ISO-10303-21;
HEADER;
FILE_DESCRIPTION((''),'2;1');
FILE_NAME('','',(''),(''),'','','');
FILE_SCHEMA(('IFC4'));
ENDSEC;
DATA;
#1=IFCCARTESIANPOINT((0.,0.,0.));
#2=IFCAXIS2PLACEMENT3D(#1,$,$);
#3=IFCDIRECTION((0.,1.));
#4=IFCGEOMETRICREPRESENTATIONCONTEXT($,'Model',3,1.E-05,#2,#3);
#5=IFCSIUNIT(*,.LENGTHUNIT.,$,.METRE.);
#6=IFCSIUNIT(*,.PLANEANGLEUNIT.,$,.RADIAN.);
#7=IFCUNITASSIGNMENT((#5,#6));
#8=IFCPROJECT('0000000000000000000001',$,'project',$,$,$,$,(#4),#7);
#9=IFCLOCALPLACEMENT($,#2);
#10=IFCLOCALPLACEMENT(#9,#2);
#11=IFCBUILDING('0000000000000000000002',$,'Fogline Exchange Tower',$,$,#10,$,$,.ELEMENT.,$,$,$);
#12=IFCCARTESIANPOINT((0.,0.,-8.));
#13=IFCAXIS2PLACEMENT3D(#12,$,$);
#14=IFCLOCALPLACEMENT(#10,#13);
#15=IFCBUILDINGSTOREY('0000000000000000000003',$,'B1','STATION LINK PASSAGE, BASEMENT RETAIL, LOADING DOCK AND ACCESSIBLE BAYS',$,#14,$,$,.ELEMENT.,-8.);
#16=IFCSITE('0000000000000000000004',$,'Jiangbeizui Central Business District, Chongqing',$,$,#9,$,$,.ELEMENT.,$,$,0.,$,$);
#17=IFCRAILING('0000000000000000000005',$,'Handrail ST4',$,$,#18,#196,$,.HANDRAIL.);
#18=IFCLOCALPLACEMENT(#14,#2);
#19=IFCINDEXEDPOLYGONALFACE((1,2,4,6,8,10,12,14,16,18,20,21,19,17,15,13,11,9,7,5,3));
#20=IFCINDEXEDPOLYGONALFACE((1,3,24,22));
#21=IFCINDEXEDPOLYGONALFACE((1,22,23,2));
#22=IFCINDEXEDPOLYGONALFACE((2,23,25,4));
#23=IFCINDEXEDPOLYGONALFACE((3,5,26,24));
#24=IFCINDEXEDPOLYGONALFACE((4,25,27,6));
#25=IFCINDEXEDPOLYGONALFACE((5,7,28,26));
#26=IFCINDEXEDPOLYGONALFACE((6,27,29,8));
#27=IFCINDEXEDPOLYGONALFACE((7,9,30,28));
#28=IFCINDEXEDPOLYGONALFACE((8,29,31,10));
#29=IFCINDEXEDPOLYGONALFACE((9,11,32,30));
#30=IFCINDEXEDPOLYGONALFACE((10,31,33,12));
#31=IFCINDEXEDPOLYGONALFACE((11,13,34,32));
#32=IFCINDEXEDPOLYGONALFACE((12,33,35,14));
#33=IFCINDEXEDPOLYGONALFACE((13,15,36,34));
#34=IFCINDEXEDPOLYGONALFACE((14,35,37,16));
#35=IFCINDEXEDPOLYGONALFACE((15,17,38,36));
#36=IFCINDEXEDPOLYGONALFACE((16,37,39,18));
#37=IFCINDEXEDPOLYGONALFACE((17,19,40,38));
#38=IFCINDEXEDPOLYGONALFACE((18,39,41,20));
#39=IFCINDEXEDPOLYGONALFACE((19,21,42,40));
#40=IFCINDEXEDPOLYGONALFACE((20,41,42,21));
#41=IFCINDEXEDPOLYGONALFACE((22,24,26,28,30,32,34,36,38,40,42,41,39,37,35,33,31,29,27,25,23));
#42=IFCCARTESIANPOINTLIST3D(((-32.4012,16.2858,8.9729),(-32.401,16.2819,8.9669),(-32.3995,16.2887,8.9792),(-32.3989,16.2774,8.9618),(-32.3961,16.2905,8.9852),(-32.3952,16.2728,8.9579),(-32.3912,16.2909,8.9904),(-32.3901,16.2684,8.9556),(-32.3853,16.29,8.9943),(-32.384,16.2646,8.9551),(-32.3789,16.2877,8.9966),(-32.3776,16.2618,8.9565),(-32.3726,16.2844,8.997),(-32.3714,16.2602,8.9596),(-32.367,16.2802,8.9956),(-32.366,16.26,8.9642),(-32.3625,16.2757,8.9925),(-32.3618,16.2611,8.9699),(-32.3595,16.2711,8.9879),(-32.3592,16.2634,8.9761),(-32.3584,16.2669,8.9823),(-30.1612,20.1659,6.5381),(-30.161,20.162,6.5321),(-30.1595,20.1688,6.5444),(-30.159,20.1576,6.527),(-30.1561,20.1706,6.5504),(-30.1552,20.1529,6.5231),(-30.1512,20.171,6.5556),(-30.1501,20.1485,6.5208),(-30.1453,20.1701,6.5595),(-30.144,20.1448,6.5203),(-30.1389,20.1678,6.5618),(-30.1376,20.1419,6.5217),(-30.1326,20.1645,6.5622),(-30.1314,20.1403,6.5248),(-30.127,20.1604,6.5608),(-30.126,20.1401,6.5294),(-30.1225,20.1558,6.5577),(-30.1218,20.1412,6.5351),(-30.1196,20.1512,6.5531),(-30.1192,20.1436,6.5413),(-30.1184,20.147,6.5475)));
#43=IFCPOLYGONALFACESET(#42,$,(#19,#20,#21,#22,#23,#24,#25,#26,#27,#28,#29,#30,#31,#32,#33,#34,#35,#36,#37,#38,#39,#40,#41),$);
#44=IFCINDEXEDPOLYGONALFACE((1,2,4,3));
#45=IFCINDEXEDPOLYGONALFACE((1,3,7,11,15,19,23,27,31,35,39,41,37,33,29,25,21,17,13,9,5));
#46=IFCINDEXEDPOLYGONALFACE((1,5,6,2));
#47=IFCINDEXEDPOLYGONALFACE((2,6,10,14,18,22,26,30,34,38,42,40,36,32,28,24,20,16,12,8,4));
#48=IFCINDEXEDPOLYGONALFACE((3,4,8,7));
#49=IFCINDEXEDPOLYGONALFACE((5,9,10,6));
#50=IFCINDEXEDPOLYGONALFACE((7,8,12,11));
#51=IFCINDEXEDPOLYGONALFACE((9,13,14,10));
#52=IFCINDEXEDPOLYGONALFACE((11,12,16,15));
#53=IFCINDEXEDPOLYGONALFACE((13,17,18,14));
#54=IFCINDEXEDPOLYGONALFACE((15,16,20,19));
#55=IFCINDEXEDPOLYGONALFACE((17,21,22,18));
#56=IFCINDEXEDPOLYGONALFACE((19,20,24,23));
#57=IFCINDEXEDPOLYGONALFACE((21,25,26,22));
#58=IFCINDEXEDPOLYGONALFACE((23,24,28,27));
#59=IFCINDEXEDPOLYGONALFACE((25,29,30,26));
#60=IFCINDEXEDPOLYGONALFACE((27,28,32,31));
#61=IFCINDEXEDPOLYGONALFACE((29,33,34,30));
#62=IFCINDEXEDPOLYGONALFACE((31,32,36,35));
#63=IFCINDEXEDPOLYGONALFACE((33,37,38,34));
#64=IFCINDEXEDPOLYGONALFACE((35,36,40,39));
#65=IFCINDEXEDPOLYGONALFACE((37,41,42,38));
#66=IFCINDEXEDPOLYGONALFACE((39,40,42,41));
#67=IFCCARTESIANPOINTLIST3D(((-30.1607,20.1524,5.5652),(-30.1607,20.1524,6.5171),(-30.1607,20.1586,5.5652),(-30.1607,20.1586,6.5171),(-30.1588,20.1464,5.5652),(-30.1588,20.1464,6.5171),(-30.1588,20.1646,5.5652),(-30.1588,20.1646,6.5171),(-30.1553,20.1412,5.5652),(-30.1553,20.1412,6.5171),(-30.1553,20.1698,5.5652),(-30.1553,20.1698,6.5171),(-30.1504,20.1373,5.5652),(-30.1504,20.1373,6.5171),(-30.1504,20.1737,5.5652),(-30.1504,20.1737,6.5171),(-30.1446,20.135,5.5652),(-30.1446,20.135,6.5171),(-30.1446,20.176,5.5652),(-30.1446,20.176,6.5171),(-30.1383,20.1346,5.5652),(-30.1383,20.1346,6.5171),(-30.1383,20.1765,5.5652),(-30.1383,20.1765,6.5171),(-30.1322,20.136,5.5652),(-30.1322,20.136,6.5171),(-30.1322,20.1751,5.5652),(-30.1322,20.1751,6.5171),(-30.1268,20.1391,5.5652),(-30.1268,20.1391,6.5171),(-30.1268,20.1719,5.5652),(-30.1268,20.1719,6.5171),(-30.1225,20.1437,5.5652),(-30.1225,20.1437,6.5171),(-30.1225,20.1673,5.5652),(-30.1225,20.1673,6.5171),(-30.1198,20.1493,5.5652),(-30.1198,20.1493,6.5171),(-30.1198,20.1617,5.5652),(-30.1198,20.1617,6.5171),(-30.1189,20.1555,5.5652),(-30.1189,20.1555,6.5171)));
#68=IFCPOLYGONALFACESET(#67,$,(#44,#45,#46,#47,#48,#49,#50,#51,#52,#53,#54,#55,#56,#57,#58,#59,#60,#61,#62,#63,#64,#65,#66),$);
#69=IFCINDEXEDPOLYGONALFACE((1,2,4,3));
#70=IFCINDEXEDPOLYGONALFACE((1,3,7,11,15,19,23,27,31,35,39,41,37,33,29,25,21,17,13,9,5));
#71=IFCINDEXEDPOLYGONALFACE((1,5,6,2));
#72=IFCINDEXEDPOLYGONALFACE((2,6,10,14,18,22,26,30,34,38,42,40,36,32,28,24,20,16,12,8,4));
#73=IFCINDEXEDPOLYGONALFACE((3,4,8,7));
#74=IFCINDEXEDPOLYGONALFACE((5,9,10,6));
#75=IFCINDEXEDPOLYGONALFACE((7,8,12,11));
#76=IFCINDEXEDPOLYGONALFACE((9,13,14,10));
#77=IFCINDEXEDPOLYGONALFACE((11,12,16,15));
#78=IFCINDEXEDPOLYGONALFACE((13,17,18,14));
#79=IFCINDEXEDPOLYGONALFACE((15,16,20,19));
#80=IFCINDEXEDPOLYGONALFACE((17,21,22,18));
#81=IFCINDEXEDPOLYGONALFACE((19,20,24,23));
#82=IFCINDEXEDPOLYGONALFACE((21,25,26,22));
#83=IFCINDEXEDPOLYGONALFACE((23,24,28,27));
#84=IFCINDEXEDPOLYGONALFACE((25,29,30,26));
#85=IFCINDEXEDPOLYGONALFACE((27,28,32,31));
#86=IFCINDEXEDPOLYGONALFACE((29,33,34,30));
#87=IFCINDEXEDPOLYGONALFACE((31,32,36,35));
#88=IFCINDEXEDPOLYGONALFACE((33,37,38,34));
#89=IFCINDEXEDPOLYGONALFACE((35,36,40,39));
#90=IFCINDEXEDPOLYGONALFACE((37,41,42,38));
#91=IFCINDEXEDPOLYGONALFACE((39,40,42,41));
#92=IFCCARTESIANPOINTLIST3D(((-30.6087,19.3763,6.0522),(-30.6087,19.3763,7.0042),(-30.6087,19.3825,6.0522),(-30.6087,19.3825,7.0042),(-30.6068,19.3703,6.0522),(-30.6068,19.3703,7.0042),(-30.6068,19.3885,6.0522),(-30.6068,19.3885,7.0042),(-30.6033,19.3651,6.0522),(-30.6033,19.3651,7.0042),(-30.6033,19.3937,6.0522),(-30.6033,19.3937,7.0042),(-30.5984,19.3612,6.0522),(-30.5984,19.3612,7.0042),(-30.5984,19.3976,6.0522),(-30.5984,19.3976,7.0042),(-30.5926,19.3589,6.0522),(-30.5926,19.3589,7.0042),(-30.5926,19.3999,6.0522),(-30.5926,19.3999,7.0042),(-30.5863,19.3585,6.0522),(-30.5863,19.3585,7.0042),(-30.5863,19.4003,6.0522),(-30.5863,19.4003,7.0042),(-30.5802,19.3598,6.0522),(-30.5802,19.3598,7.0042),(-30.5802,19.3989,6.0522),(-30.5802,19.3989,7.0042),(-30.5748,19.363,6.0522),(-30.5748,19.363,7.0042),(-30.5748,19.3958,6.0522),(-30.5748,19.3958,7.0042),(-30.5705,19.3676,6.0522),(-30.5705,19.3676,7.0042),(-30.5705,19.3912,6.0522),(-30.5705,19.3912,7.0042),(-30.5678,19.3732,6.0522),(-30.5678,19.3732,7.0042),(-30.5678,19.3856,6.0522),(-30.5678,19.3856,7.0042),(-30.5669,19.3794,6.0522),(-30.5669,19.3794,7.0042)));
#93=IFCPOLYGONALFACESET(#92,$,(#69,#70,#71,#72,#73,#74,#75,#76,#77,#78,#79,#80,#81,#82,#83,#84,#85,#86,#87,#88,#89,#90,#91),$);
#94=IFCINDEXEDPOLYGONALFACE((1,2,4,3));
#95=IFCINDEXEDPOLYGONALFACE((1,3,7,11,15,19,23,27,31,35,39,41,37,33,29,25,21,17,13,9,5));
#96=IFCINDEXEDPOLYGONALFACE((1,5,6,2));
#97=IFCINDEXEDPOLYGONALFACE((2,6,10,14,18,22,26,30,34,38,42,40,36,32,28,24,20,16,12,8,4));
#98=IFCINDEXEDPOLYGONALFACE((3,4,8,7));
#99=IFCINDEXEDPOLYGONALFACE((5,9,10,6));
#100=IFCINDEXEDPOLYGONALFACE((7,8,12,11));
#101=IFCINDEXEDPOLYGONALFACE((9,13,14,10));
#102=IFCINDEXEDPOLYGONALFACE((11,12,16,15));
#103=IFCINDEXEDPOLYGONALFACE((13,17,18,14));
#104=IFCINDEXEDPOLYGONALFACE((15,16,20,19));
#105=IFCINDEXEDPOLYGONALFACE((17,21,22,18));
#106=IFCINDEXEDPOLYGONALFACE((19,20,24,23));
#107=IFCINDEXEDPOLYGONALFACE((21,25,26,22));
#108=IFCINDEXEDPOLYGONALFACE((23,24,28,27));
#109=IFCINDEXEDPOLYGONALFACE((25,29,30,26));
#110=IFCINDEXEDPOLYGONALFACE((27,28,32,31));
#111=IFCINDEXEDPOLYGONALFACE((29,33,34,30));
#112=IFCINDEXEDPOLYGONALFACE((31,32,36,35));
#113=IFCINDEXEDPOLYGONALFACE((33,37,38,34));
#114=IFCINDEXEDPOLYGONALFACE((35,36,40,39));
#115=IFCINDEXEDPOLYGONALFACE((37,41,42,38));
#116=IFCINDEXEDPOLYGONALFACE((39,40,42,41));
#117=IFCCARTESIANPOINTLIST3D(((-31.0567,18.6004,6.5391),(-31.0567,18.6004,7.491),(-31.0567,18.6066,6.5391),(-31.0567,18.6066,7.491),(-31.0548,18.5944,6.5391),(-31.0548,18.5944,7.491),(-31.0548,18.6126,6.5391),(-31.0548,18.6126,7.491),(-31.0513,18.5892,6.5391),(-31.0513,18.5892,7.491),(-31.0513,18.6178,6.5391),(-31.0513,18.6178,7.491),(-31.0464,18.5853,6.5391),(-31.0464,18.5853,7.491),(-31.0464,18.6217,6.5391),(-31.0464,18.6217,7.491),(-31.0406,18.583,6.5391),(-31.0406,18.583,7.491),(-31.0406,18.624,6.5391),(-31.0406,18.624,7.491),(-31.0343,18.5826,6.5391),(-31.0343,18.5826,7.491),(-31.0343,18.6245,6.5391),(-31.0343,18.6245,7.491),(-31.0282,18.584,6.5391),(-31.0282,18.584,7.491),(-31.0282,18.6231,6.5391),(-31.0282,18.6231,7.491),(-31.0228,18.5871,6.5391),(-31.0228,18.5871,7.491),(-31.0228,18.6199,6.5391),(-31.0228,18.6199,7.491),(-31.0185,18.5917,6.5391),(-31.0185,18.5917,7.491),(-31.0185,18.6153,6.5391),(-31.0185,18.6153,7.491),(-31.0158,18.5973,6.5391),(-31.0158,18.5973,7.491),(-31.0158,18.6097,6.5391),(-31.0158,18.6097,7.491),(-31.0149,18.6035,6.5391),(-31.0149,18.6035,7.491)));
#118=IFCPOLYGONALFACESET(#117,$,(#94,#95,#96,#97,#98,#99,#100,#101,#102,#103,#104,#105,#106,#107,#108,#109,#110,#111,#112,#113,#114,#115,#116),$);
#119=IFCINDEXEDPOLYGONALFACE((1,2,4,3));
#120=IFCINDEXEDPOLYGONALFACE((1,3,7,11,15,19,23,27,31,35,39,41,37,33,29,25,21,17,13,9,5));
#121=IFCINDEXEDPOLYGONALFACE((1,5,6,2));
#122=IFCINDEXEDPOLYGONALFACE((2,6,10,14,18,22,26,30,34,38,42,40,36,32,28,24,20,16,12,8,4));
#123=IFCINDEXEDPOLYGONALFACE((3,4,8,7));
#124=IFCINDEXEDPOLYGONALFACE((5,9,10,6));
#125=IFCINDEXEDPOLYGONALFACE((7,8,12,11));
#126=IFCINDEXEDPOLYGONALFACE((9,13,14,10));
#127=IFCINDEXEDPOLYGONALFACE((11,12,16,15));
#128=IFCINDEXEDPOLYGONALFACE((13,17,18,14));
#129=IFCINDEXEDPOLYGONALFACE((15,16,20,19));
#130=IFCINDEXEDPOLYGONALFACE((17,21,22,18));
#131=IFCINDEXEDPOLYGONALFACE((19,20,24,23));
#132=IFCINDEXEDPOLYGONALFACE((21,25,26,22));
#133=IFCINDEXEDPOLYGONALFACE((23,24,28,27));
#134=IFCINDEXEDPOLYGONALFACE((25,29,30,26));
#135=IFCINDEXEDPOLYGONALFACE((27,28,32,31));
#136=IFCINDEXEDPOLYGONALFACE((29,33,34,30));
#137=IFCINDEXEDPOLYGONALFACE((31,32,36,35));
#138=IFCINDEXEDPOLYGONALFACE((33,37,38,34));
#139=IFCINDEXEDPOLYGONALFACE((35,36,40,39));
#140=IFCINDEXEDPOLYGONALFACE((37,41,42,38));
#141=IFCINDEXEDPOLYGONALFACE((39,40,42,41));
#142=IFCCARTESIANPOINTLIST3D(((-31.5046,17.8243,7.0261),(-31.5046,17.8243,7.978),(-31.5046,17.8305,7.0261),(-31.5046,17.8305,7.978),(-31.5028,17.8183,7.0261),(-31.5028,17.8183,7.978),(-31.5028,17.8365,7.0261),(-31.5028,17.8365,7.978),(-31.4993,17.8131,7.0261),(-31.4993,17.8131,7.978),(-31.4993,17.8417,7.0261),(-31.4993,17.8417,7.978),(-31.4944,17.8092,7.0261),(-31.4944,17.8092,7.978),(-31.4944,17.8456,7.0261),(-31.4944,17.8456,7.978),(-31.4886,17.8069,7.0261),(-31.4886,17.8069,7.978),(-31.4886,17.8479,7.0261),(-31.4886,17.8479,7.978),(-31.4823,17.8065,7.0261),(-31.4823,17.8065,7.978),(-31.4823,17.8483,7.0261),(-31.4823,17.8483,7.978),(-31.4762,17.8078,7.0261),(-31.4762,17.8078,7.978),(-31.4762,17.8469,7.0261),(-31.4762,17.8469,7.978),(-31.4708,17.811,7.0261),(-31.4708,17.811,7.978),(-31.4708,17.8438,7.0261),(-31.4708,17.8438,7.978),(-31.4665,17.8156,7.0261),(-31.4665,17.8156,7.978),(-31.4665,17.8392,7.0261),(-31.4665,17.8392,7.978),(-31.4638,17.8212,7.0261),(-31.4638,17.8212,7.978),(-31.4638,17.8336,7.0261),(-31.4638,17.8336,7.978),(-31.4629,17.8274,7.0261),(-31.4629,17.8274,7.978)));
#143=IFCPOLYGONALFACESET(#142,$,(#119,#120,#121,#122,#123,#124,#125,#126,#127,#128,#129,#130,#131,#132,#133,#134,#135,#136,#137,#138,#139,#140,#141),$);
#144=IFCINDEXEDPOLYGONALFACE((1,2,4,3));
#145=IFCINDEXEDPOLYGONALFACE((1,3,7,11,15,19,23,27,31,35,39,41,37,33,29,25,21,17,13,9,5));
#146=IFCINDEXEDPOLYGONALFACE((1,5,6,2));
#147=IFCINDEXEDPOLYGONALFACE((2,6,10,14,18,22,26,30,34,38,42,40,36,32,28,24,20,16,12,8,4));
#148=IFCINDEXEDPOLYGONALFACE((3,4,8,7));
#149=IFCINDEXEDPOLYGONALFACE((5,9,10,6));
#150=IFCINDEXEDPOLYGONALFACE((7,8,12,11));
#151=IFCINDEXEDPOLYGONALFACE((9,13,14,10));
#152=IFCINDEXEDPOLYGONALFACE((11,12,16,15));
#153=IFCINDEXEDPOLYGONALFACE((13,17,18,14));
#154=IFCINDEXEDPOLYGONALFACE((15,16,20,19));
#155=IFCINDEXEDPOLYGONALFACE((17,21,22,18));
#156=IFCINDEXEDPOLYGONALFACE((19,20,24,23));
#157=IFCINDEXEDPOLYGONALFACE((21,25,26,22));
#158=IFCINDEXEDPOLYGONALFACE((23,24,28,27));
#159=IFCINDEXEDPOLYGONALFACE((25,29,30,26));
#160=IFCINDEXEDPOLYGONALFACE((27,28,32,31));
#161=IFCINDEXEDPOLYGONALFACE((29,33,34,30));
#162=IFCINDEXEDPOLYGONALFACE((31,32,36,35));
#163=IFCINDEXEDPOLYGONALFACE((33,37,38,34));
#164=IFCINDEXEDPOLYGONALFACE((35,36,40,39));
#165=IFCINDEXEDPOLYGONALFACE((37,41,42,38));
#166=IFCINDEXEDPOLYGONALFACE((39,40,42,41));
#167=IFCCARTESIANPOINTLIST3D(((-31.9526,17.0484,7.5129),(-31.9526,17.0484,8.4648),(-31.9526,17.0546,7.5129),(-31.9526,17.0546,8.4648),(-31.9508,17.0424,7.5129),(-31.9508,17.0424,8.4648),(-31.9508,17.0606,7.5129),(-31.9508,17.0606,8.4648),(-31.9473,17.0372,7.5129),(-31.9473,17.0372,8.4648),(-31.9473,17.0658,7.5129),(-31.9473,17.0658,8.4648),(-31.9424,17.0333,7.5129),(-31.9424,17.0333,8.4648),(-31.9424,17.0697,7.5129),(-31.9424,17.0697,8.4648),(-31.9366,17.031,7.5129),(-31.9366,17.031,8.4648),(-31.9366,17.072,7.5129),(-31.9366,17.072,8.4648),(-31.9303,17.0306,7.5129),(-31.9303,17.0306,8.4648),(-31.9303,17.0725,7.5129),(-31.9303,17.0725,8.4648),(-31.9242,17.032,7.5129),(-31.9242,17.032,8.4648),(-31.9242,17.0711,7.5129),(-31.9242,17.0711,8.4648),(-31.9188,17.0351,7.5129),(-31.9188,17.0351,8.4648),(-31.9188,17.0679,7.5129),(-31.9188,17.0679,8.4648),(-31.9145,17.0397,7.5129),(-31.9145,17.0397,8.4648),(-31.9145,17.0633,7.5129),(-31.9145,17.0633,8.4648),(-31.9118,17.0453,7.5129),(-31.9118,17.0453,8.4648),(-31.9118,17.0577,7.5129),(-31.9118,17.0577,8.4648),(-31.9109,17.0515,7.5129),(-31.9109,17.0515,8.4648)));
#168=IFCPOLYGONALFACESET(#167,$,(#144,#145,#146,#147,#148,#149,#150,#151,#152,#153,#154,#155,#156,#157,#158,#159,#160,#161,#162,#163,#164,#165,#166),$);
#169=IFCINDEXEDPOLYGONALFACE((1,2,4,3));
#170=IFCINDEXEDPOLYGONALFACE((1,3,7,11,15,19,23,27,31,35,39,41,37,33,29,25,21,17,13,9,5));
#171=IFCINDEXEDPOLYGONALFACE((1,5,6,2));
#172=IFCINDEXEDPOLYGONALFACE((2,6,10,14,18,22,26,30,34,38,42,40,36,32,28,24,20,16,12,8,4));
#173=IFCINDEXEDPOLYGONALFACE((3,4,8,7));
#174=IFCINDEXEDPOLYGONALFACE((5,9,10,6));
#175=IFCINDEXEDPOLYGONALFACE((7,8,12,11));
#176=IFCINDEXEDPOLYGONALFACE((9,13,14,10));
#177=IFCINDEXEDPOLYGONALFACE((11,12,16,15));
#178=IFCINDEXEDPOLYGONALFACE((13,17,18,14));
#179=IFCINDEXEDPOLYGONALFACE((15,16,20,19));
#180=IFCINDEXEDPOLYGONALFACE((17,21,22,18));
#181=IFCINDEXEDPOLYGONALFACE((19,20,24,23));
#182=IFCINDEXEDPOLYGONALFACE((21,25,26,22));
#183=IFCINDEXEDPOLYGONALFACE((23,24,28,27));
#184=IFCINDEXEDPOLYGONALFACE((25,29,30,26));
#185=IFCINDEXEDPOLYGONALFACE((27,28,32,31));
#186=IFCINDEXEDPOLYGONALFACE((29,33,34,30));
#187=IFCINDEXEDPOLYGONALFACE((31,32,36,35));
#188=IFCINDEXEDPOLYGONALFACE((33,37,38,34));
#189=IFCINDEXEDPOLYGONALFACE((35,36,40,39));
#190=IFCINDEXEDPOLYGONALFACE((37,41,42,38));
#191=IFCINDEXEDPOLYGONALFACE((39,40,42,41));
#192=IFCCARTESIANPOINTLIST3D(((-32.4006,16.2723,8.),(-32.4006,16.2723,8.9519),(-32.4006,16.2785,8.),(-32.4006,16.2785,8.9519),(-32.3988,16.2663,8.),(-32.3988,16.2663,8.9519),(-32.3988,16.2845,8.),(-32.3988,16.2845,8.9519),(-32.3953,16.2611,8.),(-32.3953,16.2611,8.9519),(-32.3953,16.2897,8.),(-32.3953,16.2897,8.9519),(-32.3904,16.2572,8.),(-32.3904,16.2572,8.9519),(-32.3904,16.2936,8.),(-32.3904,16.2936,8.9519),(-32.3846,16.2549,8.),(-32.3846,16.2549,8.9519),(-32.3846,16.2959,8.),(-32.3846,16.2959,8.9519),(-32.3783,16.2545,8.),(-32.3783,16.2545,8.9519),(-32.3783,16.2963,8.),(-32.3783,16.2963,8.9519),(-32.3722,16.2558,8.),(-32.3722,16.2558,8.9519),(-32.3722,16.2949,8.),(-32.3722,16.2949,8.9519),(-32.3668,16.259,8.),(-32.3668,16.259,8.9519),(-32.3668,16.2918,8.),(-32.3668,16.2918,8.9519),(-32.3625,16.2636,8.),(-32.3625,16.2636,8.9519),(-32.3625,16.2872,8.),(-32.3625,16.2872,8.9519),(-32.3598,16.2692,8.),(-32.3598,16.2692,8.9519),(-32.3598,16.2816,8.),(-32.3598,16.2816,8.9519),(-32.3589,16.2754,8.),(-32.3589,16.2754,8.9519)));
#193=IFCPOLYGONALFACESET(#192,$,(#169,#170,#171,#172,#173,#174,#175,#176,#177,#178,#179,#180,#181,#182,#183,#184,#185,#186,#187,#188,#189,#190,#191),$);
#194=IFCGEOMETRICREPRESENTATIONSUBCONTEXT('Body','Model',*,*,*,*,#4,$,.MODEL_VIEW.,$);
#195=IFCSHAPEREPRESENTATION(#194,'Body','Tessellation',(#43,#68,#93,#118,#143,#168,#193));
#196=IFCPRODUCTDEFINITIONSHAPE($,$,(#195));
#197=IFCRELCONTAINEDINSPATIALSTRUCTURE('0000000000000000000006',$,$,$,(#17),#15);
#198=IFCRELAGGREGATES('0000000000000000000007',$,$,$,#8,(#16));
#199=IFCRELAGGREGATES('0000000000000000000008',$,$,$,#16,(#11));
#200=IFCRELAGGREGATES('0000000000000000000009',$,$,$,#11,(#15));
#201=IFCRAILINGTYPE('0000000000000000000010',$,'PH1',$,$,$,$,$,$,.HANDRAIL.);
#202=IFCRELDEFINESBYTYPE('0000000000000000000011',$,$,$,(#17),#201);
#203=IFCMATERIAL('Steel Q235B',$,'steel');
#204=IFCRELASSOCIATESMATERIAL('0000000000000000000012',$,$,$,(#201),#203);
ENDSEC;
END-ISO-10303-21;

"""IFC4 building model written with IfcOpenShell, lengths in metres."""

from ifc_helpers import new_model, si_unit, direction, frame, origin, origin_2d, place, context, subcontext, project, spatial, circle, extrude, material, type_object, element, save


model = new_model("IFC4")

# Units and contexts
model_context = context("Model", 3, precision=1e-05, world=origin(), true_north=direction((0.0, 1.0)))
body_context = subcontext(model_context, "Body", "Model", "MODEL_VIEW")
ifc_project = project(units=[si_unit("LENGTHUNIT", "METRE"), si_unit("PLANEANGLEUNIT", "RADIAN")], contexts=[model_context])

# Site, building, storey
site_placement = place(None, origin())
site = spatial("IfcSite", under=ifc_project, at=site_placement, Name="Jiangbeizui Central Business District, Chongqing", CompositionType="ELEMENT", RefElevation=0.0)
building_placement = place(site_placement, origin())
building = spatial("IfcBuilding", under=site, at=building_placement, Name="Fogline Exchange Tower", CompositionType="ELEMENT")
storey_placement = place(building_placement, frame((0.0, 0.0, -8.0)))
storey = spatial("IfcBuildingStorey", under=building, at=storey_placement, Name="B1", Description="STATION LINK PASSAGE, BASEMENT RETAIL, LOADING DOCK AND ACCESSIBLE BAYS", CompositionType="ELEMENT", Elevation=-8.0)

# Shared definitions
ifc_material_1 = material(Name="Steel Q235B", Category="steel")

# Railing
railing_type_1 = type_object("IfcRailingType", Name="PH1", PredefinedType="HANDRAIL", material=ifc_material_1)
railing_1_placement = place(storey_placement, frame((-30.1399, 20.1555, 5.5652)))
element("IfcRailing", 1, at=railing_1_placement, inside=storey, type_object=railing_type_1, Name="Handrail ST4", PredefinedType="HANDRAIL", context=body_context, shape_type="SweptSolid", body=[
    extrude(circle(Radius=0.0239, at=origin_2d()), frame((0.0, 0.0, 0.9761), z_axis=(-0.439288, -0.760937, 0.477495), x_axis=(0.866045, -0.499966, 0.0)), (0.0, 0.0, 1.0), 5.0991),
    extrude(circle(Radius=0.021, at=origin_2d()), origin(), (0.0, 0.0, 1.0), 0.9519),
    extrude(circle(Radius=0.021, at=origin_2d()), frame((-0.448, -0.7761, 0.4871)), (0.0, 0.0, 1.0), 0.9519),
    extrude(circle(Radius=0.021, at=origin_2d()), frame((-0.896, -1.552, 0.9739)), (0.0, 0.0, 1.0), 0.9519),
    extrude(circle(Radius=0.021, at=origin_2d()), frame((-1.344, -2.3281, 1.4609)), (0.0, 0.0, 1.0), 0.9519),
    extrude(circle(Radius=0.021, at=origin_2d()), frame((-1.792, -3.104, 1.9478)), (0.0, 0.0, 1.0), 0.9519),
    extrude(circle(Radius=0.021, at=origin_2d()), frame((-2.24, -3.8801, 2.4348)), (0.0, 0.0, 1.0), 0.9519),
])

save(model, "model.ifc")
